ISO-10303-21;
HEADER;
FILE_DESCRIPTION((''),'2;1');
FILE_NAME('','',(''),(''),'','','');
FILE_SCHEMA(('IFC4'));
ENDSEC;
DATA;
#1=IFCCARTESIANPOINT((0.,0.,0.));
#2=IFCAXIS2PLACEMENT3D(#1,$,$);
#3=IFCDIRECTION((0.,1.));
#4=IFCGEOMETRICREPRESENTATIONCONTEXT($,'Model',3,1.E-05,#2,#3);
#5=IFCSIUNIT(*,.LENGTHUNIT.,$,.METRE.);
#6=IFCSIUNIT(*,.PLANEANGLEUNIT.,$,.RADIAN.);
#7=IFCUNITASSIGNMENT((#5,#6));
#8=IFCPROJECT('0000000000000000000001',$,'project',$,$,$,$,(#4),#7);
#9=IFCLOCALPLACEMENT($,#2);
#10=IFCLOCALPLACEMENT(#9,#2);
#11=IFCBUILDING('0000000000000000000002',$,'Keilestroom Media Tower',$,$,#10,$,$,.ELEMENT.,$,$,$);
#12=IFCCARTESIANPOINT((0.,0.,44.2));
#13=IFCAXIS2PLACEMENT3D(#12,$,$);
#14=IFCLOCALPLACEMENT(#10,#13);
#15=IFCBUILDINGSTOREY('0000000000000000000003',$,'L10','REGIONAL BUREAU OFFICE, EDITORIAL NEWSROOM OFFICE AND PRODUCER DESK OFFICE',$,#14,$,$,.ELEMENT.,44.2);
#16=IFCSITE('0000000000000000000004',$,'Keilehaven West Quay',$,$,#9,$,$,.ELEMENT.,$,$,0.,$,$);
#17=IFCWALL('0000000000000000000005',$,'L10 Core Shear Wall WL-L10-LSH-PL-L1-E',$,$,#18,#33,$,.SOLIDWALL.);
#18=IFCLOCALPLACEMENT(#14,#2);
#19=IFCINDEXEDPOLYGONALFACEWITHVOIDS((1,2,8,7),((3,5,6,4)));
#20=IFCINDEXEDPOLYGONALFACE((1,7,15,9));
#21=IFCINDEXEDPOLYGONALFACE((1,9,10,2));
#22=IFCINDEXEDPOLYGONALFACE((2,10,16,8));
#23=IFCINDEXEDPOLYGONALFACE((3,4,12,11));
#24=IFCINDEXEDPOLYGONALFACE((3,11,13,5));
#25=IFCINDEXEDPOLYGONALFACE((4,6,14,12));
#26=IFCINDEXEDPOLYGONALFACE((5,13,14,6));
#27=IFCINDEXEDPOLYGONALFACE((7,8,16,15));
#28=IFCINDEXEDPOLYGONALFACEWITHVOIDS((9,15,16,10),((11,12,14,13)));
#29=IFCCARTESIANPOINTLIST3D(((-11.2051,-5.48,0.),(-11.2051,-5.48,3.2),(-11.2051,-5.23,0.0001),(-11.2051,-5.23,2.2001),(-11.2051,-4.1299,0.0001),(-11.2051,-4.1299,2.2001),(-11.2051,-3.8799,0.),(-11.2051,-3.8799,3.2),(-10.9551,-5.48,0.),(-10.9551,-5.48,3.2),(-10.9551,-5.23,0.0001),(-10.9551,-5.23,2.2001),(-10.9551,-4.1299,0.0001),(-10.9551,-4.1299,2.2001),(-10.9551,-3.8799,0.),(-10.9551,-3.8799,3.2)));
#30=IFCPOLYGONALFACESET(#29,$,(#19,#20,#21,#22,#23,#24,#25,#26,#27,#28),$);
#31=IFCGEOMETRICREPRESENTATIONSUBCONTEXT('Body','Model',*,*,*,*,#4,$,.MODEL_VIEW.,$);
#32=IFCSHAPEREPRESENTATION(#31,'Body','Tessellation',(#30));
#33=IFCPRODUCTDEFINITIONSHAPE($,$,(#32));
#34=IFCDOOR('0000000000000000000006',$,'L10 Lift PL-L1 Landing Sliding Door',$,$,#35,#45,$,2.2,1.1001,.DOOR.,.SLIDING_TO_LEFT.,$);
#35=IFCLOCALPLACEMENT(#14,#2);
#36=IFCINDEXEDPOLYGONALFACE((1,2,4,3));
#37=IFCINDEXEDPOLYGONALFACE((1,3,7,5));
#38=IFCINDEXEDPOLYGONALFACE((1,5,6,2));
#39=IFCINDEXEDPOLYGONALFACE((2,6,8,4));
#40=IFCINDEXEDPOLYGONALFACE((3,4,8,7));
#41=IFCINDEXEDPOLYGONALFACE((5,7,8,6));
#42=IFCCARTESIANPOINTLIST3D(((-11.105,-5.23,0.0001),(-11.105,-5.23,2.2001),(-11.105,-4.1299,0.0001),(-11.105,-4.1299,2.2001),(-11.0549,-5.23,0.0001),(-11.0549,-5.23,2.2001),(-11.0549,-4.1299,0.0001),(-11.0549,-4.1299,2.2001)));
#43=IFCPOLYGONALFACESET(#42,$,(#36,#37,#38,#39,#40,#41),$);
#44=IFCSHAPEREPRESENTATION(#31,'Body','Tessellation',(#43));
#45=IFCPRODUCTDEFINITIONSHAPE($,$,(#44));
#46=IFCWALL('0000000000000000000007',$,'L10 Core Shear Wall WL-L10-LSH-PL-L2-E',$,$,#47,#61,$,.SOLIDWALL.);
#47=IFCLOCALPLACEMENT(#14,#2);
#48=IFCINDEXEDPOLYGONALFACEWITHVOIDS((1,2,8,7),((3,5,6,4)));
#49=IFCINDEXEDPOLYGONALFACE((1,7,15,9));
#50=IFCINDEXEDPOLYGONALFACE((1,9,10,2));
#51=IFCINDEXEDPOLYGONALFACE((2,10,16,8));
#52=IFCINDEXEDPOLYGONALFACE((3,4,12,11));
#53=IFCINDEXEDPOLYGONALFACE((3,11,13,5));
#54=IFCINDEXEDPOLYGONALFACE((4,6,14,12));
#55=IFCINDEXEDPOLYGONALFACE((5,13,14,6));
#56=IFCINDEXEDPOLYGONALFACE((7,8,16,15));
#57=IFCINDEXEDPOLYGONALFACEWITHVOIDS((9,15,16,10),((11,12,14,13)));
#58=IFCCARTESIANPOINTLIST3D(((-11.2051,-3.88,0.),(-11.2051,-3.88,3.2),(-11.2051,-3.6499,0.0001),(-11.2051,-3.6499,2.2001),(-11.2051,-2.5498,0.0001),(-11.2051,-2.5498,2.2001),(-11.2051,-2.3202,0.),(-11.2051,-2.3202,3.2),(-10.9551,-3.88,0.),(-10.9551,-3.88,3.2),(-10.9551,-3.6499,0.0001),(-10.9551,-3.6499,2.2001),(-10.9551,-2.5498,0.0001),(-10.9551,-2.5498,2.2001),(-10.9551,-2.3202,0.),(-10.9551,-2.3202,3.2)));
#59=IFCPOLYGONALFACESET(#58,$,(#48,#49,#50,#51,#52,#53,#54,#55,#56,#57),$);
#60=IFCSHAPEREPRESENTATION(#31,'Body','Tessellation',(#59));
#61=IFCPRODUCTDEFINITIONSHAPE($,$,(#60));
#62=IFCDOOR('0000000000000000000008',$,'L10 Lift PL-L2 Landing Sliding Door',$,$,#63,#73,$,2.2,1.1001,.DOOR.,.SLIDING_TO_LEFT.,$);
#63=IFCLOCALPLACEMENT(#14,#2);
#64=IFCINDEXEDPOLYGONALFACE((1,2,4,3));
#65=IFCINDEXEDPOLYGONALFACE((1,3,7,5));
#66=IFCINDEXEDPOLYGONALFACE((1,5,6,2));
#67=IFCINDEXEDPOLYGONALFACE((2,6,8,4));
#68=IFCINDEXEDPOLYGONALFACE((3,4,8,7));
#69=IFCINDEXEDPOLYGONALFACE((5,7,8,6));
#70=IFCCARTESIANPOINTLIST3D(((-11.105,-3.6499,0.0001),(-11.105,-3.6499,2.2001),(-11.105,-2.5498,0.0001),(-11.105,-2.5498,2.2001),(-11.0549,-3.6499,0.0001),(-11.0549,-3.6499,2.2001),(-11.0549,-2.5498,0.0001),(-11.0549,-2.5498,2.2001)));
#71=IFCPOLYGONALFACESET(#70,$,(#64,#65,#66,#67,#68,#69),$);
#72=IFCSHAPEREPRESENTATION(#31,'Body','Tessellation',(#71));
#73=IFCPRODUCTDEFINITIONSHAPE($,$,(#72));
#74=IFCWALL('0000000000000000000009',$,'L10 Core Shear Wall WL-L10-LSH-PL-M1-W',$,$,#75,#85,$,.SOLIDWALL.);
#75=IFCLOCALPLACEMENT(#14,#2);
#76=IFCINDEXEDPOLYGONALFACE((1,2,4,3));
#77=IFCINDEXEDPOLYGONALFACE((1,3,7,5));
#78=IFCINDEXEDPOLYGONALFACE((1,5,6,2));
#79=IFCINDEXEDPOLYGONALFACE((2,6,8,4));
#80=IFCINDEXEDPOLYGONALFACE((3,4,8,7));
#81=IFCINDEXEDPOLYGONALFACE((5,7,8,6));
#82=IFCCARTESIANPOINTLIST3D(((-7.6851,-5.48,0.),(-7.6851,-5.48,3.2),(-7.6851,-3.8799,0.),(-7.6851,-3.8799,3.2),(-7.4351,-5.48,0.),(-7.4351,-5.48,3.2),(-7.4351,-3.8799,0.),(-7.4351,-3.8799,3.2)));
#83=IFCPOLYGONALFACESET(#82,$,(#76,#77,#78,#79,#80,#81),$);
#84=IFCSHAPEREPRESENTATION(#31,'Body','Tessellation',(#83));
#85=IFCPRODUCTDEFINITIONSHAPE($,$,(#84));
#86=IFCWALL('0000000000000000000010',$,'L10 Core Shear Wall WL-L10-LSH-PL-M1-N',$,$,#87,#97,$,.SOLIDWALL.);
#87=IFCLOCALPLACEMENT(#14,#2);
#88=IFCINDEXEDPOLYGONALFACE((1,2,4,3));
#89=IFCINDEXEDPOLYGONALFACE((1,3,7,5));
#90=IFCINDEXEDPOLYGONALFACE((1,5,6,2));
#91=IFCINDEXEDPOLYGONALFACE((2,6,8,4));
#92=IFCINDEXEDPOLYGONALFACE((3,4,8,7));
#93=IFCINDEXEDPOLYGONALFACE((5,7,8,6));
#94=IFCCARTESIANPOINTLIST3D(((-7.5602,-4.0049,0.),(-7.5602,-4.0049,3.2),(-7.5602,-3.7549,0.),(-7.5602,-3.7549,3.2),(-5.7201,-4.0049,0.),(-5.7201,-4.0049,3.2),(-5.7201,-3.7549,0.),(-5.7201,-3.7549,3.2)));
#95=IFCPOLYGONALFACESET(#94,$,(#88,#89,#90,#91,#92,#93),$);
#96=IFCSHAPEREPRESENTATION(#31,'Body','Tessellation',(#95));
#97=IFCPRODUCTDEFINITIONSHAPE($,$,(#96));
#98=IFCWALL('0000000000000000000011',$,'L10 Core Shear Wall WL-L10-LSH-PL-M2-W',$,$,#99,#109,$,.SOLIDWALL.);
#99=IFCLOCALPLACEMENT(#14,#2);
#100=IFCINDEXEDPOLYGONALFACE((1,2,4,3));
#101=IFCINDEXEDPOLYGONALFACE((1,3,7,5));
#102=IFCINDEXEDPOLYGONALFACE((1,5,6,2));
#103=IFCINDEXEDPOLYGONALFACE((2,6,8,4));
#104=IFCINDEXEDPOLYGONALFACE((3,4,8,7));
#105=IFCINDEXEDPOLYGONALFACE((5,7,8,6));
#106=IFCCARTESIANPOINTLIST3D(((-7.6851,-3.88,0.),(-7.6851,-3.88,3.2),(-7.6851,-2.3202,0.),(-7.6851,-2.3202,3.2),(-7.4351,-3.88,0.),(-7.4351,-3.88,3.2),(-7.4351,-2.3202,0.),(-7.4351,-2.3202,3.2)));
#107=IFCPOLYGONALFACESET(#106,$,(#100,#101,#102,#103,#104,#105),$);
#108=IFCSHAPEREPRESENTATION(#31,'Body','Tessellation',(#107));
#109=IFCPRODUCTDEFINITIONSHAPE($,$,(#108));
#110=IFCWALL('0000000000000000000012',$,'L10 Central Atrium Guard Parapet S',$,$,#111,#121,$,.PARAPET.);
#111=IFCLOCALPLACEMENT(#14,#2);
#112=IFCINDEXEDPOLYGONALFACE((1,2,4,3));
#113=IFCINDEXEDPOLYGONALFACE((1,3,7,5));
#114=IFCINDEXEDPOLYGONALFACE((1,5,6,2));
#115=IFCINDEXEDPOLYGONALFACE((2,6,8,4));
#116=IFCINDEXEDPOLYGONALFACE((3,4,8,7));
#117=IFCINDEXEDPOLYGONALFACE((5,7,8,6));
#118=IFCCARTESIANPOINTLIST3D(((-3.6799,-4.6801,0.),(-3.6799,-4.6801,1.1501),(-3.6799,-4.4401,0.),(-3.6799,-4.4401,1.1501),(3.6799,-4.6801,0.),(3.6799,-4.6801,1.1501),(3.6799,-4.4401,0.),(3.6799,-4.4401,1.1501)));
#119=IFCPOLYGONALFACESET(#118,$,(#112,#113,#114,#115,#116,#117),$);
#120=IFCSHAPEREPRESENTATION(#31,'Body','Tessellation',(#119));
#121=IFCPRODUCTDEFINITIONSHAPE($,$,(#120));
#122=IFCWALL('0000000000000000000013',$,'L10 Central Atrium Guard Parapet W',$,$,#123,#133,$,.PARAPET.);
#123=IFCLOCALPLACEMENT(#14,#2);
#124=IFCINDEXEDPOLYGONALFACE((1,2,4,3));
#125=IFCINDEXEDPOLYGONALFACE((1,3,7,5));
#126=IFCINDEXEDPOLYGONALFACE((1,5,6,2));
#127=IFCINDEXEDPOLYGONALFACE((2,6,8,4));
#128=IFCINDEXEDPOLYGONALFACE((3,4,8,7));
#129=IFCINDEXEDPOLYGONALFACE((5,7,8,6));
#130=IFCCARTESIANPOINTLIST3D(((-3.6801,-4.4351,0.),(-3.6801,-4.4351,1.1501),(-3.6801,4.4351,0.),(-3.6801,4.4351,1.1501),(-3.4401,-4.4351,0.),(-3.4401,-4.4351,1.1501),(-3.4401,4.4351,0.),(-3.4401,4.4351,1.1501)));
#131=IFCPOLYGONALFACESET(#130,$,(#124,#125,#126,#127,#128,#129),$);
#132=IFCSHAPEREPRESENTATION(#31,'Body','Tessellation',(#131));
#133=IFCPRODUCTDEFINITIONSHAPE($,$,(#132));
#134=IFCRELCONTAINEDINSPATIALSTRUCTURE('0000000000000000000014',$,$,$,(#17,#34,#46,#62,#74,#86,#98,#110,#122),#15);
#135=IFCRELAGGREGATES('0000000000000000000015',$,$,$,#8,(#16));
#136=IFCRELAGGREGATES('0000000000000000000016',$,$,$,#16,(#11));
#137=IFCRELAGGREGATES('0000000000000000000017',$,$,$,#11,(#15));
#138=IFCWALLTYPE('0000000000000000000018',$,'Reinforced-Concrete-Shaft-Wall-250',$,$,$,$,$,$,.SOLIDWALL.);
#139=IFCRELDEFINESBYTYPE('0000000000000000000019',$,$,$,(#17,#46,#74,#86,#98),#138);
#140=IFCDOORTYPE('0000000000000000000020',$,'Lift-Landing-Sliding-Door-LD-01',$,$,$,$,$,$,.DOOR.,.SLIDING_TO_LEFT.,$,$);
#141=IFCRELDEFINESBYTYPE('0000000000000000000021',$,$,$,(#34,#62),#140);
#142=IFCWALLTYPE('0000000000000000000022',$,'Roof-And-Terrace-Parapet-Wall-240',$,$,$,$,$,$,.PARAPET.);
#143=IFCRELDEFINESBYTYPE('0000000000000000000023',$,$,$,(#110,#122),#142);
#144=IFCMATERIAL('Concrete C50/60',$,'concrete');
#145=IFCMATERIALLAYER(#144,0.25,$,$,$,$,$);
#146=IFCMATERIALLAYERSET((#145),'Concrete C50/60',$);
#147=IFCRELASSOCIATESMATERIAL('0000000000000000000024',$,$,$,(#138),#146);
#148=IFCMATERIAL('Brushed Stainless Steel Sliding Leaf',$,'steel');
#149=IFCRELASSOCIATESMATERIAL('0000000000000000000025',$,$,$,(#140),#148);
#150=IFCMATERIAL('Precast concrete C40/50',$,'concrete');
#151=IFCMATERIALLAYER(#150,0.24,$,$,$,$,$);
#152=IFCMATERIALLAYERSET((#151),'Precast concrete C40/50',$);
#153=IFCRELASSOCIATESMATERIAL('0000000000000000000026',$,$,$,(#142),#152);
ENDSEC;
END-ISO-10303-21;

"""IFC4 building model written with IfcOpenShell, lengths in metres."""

from ifc_helpers import new_model, si_unit, direction, frame, frame_2d, origin, place, context, subcontext, project, spatial, rectangle, extrude, source, transform, mapped, material, layer, layer_set, type_object, element, fill, save


model = new_model("IFC4")

# Units and contexts
model_context = context("Model", 3, precision=1e-05, world=origin(), true_north=direction((0.0, 1.0)))
body_context = subcontext(model_context, "Body", "Model", "MODEL_VIEW")
ifc_project = project(units=[si_unit("LENGTHUNIT", "METRE"), si_unit("PLANEANGLEUNIT", "RADIAN")], contexts=[model_context])

# Site, building, storey
site_placement = place(None, origin())
site = spatial("IfcSite", under=ifc_project, at=site_placement, Name="Keilehaven West Quay", CompositionType="ELEMENT", RefElevation=0.0)
building_placement = place(site_placement, origin())
building = spatial("IfcBuilding", under=site, at=building_placement, Name="Keilestroom Media Tower", CompositionType="ELEMENT")
storey_placement = place(building_placement, frame((0.0, 0.0, 44.2)))
storey = spatial("IfcBuildingStorey", under=building, at=storey_placement, Name="L10", Description="REGIONAL BUREAU OFFICE, EDITORIAL NEWSROOM OFFICE AND PRODUCER DESK OFFICE", CompositionType="ELEMENT", Elevation=44.2)

# Shared definitions
ifc_material_1 = material(Name="Concrete C50/60", Category="concrete")
ifc_layer_1 = layer(ifc_material_1, 0.25)
ifc_layer_set_1 = layer_set([ifc_layer_1], Name="Concrete C50/60")
wall_type_1 = type_object("IfcWallType", Name="Reinforced-Concrete-Shaft-Wall-250", PredefinedType="SOLIDWALL", material=ifc_layer_set_1)

# Shared definitions
ifc_material_2 = material(Name="Brushed Stainless Steel Sliding Leaf", Category="steel")

# Walls, openings, doors
wall_1_placement = place(storey_placement, frame((-11.0801, -5.48, 0.0), z_axis=(0.0, 0.0, 1.0), x_axis=(0.0, 1.0, 0.0)))
wall_1 = element("IfcWall", 1, at=wall_1_placement, inside=storey, type_object=wall_type_1, Name="L10 Core Shear Wall WL-L10-LSH-PL-L1-E", PredefinedType="SOLIDWALL", context=body_context, shape_type="SweptSolid", body=[
    extrude(rectangle(XDim=1.6001, YDim=0.25, at=frame_2d((0.8, 0.0))), origin(), (0.0, 0.0, 1.0), 3.2),
])
opening_1_placement = place(wall_1_placement, frame((0.25, 0.0, 0.0)))
opening_1 = element("IfcOpeningElement", 2, at=opening_1_placement, cuts=wall_1, PredefinedType="OPENING", context=body_context, shape_type="SweptSolid", body=[
    extrude(rectangle(XDim=1.1001, YDim=2.2, at=frame_2d((0.55, 1.1001))), frame((0.0, 0.135, 0.0), z_axis=(0.0, -1.0, 0.0), x_axis=(1.0, 0.0, 0.0)), (0.0, 0.0, 1.0), 0.27),
])
door_type_1 = type_object("IfcDoorType", Name="Lift-Landing-Sliding-Door-LD-01", OperationType="SLIDING_TO_LEFT", PredefinedType="DOOR", material=ifc_material_2)
shared_shape_1 = source(origin(), body_context, "Body", "SweptSolid", [
    extrude(rectangle(XDim=1.1001, YDim=2.2, at=frame_2d((0.55, 1.1001))), frame((0.0, 0.0249, 0.0), z_axis=(0.0, -1.0, 0.0), x_axis=(1.0, 0.0, 0.0)), (0.0, 0.0, 1.0), 0.05),
])
door_1_placement = place(opening_1_placement, origin())
door_1 = element("IfcDoor", 3, at=door_1_placement, inside=storey, type_object=door_type_1, Name="L10 Lift PL-L1 Landing Sliding Door", OperationType="SLIDING_TO_LEFT", OverallHeight=2.2, OverallWidth=1.1001, PredefinedType="DOOR", context=body_context, shape_type="MappedRepresentation", body=[
    mapped(shared_shape_1, transform((0.0, 0.0, 0.0), x_axis=(1.0, 0.0, 0.0), y_axis=(0.0, 1.0, 0.0), z_axis=(0.0, 0.0, 1.0), scale=1.0)),
])
fill(opening_1, door_1)
wall_2_placement = place(storey_placement, frame((-11.0801, -3.8799, 0.0), z_axis=(0.0, 0.0, 1.0), x_axis=(0.0, 1.0, 0.0)))
wall_2 = element("IfcWall", 4, at=wall_2_placement, inside=storey, type_object=wall_type_1, Name="L10 Core Shear Wall WL-L10-LSH-PL-L2-E", PredefinedType="SOLIDWALL", context=body_context, shape_type="SweptSolid", body=[
    extrude(rectangle(XDim=1.5598, YDim=0.25, at=frame_2d((0.7798, 0.0))), origin(), (0.0, 0.0, 1.0), 3.2),
])
opening_2_placement = place(wall_2_placement, frame((0.23, 0.0, 0.0)))
opening_2 = element("IfcOpeningElement", 5, at=opening_2_placement, cuts=wall_2, PredefinedType="OPENING", context=body_context, shape_type="SweptSolid", body=[
    extrude(rectangle(XDim=1.1001, YDim=2.2, at=frame_2d((0.55, 1.1001))), frame((0.0, 0.135, 0.0), z_axis=(0.0, -1.0, 0.0), x_axis=(1.0, 0.0, 0.0)), (0.0, 0.0, 1.0), 0.27),
])
door_2_placement = place(opening_2_placement, origin())
door_2 = element("IfcDoor", 6, at=door_2_placement, inside=storey, type_object=door_type_1, Name="L10 Lift PL-L2 Landing Sliding Door", OperationType="SLIDING_TO_LEFT", OverallHeight=2.2, OverallWidth=1.1001, PredefinedType="DOOR", context=body_context, shape_type="MappedRepresentation", body=[
    mapped(shared_shape_1, transform((0.0, 0.0, 0.0), x_axis=(1.0, 0.0, 0.0), y_axis=(0.0, 1.0, 0.0), z_axis=(0.0, 0.0, 1.0), scale=1.0)),
])
fill(opening_2, door_2)

# Walls
wall_3_placement = place(storey_placement, frame((-7.5601, -5.48, 0.0), z_axis=(0.0, 0.0, 1.0), x_axis=(0.0, 1.0, 0.0)))
element("IfcWall", 7, at=wall_3_placement, inside=storey, type_object=wall_type_1, Name="L10 Core Shear Wall WL-L10-LSH-PL-M1-W", PredefinedType="SOLIDWALL", context=body_context, shape_type="SweptSolid", body=[
    extrude(rectangle(XDim=1.6001, YDim=0.25, at=frame_2d((0.8, 0.0))), origin(), (0.0, 0.0, 1.0), 3.2),
])
wall_4_placement = place(storey_placement, frame((-7.5601, -3.8799, 0.0), z_axis=(0.0, 0.0, 1.0), x_axis=(1.0, 0.0, 0.0)))
element("IfcWall", 8, at=wall_4_placement, inside=storey, type_object=wall_type_1, Name="L10 Core Shear Wall WL-L10-LSH-PL-M1-N", PredefinedType="SOLIDWALL", context=body_context, shape_type="SweptSolid", body=[
    extrude(rectangle(XDim=1.8401, YDim=0.25, at=frame_2d((0.9199, 0.0))), origin(), (0.0, 0.0, 1.0), 3.2),
])
wall_5_placement = place(storey_placement, frame((-7.5601, -3.8799, 0.0), z_axis=(0.0, 0.0, 1.0), x_axis=(0.0, 1.0, 0.0)))
element("IfcWall", 9, at=wall_5_placement, inside=storey, type_object=wall_type_1, Name="L10 Core Shear Wall WL-L10-LSH-PL-M2-W", PredefinedType="SOLIDWALL", context=body_context, shape_type="SweptSolid", body=[
    extrude(rectangle(XDim=1.5598, YDim=0.25, at=frame_2d((0.7798, 0.0))), origin(), (0.0, 0.0, 1.0), 3.2),
])
ifc_material_3 = material(Name="Precast concrete C40/50", Category="concrete")
ifc_layer_2 = layer(ifc_material_3, 0.24)
ifc_layer_set_2 = layer_set([ifc_layer_2], Name="Precast concrete C40/50")
wall_type_2 = type_object("IfcWallType", Name="Roof-And-Terrace-Parapet-Wall-240", PredefinedType="PARAPET", material=ifc_layer_set_2)
wall_6_placement = place(storey_placement, frame((-3.6799, -4.5601, 0.0), z_axis=(0.0, 0.0, 1.0), x_axis=(1.0, 0.0, 0.0)))
element("IfcWall", 10, at=wall_6_placement, inside=storey, type_object=wall_type_2, Name="L10 Central Atrium Guard Parapet S", PredefinedType="PARAPET", context=body_context, shape_type="SweptSolid", body=[
    extrude(rectangle(XDim=7.3599, YDim=0.24, at=frame_2d((3.6799, 0.0))), origin(), (0.0, 0.0, 1.0), 1.1501),
])
wall_7_placement = place(storey_placement, frame((-3.5601, -4.4351, 0.0), z_axis=(0.0, 0.0, 1.0), x_axis=(0.0, 1.0, 0.0)))
element("IfcWall", 11, at=wall_7_placement, inside=storey, type_object=wall_type_2, Name="L10 Central Atrium Guard Parapet W", PredefinedType="PARAPET", context=body_context, shape_type="SweptSolid", body=[
    extrude(rectangle(XDim=8.8701, YDim=0.24, at=frame_2d((4.4351, 0.0))), origin(), (0.0, 0.0, 1.0), 1.1501),
])

save(model, "model.ifc")
